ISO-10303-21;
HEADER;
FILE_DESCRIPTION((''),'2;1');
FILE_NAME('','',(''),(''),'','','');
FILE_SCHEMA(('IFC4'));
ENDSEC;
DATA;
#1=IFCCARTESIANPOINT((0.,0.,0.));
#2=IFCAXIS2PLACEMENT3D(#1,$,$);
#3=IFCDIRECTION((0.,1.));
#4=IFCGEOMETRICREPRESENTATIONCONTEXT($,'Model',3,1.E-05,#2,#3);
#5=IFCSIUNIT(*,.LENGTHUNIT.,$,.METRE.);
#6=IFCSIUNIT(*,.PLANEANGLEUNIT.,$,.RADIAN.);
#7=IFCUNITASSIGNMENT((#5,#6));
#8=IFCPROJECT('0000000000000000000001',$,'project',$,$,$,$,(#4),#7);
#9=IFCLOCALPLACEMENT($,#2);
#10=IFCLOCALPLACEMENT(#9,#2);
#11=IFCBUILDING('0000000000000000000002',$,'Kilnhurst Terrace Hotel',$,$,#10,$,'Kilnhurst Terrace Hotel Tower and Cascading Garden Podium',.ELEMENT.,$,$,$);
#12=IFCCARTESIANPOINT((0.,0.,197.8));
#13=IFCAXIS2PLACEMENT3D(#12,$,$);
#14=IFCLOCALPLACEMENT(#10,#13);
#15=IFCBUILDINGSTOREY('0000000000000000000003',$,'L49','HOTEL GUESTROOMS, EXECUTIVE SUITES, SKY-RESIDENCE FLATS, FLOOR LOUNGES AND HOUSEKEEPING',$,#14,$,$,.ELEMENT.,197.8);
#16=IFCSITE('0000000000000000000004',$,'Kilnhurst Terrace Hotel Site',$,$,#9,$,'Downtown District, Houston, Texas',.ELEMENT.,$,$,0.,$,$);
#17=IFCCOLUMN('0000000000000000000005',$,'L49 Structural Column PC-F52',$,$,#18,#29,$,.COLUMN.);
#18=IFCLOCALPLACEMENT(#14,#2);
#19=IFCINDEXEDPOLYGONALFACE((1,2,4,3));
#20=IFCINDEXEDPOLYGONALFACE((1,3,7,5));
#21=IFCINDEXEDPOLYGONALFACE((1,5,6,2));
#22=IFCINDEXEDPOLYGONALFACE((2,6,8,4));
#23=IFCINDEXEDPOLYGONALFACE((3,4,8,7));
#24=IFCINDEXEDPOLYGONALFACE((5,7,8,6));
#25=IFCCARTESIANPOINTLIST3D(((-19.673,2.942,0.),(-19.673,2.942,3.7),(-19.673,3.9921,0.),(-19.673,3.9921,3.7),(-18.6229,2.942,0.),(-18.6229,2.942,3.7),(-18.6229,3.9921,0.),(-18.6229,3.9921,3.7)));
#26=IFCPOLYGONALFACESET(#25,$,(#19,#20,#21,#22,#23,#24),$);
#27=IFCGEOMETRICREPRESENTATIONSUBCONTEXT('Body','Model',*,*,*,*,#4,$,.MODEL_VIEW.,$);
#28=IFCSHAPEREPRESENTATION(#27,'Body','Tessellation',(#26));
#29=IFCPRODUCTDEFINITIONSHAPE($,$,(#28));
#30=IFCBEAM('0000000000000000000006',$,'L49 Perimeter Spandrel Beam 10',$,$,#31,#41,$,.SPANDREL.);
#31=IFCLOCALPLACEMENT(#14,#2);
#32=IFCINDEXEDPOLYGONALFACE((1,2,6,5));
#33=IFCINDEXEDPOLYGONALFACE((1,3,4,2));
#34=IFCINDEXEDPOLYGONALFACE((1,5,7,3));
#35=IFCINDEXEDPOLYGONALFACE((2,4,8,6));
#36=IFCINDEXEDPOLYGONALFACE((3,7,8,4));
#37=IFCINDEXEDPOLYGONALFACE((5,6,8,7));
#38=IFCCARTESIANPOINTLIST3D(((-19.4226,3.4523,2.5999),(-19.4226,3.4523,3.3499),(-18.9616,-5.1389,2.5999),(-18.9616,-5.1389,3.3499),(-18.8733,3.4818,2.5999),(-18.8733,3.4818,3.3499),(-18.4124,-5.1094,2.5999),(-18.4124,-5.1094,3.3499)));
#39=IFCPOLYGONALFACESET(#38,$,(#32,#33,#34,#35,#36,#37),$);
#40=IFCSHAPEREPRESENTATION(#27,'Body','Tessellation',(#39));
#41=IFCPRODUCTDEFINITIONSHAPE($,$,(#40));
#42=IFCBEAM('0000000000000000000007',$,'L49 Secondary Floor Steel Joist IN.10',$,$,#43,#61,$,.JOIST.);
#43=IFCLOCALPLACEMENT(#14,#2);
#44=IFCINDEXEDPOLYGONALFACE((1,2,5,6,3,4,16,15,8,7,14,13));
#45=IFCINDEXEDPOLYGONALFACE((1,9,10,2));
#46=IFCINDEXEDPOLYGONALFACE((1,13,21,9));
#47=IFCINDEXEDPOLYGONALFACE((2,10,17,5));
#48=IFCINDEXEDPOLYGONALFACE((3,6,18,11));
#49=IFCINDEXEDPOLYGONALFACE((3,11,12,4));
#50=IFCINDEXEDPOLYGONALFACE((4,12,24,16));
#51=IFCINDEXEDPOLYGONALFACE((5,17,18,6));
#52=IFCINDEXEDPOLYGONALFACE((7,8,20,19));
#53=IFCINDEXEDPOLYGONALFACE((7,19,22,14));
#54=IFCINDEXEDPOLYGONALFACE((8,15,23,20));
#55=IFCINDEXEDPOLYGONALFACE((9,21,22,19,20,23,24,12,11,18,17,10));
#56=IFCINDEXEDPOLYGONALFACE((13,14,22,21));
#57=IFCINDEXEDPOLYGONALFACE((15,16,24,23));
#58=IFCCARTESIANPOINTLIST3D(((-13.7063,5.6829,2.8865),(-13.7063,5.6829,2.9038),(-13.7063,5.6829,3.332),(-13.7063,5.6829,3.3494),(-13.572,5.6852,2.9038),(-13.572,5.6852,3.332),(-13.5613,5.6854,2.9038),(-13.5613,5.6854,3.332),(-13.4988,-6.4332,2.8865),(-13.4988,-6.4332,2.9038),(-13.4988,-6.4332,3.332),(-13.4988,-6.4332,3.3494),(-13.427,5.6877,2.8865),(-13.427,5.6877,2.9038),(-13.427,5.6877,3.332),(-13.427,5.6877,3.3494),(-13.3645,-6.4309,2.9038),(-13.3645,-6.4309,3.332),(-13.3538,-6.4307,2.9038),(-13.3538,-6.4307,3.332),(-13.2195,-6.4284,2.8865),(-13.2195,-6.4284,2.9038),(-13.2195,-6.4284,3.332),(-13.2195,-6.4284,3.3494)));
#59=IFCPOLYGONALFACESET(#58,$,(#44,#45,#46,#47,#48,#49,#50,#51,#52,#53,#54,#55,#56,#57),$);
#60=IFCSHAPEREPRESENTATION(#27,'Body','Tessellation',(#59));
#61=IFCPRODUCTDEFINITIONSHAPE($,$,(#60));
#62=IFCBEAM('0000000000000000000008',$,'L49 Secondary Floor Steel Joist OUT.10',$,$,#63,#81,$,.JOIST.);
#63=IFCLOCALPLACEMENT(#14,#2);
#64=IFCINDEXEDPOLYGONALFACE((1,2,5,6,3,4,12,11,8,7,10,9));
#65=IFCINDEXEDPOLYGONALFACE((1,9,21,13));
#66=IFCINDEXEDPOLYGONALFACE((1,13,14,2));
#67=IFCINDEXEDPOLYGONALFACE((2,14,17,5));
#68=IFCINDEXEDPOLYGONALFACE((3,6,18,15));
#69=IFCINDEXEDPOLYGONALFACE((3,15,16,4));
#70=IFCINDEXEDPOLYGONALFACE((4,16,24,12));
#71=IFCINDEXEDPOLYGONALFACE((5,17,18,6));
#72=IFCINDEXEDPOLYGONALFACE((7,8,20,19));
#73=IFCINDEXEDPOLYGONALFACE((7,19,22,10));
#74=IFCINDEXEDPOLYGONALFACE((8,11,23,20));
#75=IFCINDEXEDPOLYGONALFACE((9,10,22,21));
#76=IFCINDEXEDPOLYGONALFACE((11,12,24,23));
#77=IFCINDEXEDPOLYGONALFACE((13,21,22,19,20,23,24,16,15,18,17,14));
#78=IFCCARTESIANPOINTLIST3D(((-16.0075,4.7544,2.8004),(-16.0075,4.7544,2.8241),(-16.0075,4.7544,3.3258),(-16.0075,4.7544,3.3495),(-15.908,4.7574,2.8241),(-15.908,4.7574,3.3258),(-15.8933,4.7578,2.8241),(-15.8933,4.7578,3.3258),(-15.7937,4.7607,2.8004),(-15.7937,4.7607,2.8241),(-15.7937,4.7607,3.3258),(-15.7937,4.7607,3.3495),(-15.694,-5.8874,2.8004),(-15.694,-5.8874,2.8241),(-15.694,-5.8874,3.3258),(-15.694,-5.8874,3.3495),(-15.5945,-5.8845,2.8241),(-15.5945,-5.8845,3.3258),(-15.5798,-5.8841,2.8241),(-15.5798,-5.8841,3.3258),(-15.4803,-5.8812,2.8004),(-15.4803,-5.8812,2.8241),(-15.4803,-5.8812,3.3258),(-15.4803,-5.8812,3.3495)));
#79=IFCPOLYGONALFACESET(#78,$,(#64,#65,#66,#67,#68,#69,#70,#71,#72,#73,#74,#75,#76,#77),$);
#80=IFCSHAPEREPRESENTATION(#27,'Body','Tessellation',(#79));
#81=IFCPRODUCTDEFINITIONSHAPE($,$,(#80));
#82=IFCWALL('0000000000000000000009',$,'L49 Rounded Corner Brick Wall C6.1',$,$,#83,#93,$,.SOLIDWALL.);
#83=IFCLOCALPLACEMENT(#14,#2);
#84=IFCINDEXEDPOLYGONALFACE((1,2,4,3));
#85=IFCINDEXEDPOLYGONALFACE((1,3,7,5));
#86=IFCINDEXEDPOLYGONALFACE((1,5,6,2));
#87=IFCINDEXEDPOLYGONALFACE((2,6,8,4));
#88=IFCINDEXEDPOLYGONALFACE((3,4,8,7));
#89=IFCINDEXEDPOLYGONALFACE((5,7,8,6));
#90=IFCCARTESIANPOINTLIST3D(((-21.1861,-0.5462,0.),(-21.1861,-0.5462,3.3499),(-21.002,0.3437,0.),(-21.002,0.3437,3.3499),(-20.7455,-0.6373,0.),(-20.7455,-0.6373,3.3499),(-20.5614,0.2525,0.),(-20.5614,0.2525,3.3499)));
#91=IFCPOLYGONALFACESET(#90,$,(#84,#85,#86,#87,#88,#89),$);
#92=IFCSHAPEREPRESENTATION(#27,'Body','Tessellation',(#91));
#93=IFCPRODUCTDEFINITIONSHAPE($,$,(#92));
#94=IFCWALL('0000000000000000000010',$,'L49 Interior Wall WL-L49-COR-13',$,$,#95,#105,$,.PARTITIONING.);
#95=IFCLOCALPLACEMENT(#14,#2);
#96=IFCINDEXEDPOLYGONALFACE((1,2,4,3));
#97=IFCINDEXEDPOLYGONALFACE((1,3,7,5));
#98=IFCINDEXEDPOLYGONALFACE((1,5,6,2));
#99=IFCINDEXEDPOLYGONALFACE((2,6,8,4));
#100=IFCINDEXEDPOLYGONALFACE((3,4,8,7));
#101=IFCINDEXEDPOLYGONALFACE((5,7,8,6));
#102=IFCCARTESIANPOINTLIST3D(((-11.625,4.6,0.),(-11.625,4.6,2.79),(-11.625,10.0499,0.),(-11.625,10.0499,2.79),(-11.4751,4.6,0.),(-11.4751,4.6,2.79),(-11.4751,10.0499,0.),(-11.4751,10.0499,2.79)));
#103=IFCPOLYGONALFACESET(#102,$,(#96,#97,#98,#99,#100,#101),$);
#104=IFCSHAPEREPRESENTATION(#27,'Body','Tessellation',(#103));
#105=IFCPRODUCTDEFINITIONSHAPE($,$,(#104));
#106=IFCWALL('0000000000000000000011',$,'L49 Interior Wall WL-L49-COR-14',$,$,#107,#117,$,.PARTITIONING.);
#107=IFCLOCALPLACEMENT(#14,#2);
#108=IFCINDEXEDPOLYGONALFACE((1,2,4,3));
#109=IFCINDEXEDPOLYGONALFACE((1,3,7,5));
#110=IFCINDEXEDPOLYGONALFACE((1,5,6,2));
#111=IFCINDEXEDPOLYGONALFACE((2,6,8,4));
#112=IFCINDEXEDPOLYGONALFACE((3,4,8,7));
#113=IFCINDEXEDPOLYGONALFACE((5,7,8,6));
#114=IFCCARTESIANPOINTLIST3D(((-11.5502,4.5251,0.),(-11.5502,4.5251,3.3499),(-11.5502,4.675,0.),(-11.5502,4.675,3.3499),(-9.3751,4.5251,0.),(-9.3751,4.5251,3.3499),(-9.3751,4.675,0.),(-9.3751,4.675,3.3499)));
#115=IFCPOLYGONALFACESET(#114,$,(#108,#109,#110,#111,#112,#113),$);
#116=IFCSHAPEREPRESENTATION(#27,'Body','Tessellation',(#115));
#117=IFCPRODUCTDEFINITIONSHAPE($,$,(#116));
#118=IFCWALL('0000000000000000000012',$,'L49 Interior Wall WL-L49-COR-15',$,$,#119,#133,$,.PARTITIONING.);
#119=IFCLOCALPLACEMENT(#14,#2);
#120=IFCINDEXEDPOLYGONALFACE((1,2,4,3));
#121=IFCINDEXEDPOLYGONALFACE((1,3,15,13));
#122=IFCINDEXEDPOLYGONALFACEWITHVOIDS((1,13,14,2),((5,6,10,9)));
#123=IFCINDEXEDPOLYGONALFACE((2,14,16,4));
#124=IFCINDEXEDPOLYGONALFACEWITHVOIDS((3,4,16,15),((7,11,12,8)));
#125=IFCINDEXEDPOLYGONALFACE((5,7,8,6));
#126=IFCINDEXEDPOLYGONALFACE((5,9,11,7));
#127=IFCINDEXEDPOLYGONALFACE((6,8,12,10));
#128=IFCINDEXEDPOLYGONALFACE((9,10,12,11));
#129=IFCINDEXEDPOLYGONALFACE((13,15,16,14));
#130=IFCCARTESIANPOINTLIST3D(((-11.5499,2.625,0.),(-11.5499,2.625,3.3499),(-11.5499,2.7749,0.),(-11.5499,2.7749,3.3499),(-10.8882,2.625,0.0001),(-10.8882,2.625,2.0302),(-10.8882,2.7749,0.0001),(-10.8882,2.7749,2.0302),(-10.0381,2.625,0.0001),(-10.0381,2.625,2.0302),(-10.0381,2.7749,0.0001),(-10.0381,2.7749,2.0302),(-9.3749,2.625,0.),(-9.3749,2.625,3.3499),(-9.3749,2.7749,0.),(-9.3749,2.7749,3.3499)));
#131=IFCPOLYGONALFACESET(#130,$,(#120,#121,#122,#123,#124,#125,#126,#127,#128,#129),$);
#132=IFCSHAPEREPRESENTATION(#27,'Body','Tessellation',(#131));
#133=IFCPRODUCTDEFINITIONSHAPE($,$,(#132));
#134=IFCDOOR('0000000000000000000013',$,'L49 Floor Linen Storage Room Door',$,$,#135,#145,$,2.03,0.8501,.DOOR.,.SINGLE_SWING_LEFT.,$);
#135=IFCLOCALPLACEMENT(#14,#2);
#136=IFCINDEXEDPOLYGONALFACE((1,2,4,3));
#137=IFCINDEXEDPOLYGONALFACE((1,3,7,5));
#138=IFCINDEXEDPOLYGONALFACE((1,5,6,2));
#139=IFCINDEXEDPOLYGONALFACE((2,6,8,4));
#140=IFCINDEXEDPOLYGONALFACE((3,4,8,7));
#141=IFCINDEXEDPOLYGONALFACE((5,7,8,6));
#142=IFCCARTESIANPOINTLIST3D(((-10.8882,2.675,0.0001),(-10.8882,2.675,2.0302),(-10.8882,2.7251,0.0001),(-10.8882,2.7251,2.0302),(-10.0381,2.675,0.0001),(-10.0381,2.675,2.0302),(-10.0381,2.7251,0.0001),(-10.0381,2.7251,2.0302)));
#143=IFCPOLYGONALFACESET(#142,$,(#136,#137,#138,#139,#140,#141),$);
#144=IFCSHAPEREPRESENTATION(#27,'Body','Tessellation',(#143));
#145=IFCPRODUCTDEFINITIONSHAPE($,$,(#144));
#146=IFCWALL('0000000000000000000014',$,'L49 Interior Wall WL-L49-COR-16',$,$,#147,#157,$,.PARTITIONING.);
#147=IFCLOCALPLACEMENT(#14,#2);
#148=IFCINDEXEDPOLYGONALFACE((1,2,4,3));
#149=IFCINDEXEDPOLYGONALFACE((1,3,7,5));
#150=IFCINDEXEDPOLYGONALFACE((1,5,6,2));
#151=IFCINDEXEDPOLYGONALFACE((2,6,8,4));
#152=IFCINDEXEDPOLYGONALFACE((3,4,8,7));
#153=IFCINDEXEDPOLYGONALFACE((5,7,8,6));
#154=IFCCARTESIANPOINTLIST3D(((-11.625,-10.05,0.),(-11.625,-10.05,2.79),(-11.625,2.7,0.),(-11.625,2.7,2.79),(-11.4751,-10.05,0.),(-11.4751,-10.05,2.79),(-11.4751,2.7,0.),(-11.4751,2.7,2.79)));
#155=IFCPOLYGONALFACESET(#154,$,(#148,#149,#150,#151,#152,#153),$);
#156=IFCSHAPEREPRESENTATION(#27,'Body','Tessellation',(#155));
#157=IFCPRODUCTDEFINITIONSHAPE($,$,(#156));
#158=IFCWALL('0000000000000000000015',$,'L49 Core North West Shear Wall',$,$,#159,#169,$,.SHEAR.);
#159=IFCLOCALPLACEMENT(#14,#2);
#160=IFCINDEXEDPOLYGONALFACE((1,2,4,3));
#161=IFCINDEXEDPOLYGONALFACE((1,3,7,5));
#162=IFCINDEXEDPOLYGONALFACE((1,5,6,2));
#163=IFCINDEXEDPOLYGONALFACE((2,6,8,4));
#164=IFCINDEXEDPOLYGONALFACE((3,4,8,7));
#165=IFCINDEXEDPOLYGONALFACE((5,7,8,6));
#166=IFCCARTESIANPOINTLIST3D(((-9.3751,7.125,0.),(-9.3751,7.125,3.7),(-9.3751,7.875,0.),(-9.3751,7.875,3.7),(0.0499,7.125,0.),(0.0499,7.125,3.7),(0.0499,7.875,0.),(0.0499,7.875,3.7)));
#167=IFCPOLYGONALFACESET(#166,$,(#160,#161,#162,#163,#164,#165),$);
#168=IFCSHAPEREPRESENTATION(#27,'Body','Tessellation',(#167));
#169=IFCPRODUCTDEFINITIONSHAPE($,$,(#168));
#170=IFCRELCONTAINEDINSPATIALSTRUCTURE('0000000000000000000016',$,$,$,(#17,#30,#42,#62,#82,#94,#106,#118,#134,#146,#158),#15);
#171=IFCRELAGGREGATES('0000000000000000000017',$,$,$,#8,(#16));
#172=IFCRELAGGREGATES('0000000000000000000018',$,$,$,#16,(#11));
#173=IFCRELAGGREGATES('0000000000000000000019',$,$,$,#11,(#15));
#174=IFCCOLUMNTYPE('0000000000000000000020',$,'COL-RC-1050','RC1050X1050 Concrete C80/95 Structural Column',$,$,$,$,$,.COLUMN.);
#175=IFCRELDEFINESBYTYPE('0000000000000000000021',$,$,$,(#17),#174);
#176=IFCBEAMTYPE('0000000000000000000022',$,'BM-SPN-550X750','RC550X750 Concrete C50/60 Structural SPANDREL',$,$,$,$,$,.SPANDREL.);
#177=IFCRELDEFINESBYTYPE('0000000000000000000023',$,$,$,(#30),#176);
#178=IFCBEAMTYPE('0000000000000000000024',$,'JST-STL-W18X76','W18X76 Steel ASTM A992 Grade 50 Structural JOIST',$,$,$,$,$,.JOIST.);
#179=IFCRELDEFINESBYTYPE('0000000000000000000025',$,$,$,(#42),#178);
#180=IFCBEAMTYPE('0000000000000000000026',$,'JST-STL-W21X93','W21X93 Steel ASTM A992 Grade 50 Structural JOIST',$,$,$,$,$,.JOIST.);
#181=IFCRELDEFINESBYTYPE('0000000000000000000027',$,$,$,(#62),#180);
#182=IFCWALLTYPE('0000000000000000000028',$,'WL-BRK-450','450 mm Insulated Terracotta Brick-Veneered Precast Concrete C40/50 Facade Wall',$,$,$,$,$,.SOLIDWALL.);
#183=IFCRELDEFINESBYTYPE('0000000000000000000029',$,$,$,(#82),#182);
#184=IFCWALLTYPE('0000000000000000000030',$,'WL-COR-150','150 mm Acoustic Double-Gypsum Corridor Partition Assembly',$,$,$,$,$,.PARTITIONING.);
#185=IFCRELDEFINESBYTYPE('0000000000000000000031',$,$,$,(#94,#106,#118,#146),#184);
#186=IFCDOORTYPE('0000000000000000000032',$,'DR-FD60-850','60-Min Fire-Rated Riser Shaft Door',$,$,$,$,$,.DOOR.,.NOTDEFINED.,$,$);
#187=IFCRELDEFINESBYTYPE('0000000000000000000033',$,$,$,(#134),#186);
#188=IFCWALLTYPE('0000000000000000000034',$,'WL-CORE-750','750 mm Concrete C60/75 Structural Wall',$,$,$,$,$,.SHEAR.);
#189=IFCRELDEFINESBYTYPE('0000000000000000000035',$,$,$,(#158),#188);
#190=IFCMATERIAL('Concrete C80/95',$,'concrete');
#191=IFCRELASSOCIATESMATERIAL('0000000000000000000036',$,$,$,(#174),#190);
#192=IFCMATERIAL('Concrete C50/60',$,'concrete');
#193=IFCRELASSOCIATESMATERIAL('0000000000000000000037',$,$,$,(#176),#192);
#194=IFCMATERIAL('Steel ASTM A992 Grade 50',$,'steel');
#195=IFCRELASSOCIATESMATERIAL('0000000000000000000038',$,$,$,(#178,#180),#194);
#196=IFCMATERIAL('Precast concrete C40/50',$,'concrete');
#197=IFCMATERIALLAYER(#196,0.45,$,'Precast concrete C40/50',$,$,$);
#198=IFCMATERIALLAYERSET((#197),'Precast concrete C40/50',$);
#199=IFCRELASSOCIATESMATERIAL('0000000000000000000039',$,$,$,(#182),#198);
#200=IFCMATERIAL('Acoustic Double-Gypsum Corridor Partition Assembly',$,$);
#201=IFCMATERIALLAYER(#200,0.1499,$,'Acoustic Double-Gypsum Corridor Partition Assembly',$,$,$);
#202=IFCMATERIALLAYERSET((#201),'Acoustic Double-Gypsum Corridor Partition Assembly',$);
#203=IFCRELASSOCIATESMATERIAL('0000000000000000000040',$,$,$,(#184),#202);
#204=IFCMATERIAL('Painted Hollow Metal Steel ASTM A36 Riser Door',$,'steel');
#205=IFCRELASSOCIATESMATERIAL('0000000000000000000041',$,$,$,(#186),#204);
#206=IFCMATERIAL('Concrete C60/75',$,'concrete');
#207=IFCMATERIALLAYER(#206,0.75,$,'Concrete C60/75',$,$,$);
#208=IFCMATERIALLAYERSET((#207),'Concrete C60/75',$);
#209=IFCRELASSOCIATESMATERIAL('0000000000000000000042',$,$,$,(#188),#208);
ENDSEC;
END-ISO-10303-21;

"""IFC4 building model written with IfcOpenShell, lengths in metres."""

from ifc_helpers import new_model, si_unit, direction, frame, frame_2d, origin, origin_2d, place, context, subcontext, project, spatial, rectangle, i_section, extrude, material, layer, layer_set, material_profile, profile_set, type_object, element, fill, save


model = new_model("IFC4")

# Units and contexts
model_context = context("Model", 3, precision=1e-05, world=origin(), true_north=direction((0.0, 1.0)))
body_context = subcontext(model_context, "Body", "Model", "MODEL_VIEW")
ifc_project = project(units=[si_unit("LENGTHUNIT", "METRE"), si_unit("PLANEANGLEUNIT", "RADIAN")], contexts=[model_context])

# Site, building, storey
site_placement = place(None, origin())
site = spatial("IfcSite", under=ifc_project, at=site_placement, Name="Kilnhurst Terrace Hotel Site", LongName="Downtown District, Houston, Texas", CompositionType="ELEMENT", RefElevation=0.0)
building_placement = place(site_placement, origin())
building = spatial("IfcBuilding", under=site, at=building_placement, Name="Kilnhurst Terrace Hotel", LongName="Kilnhurst Terrace Hotel Tower and Cascading Garden Podium", CompositionType="ELEMENT")
storey_placement = place(building_placement, frame((0.0, 0.0, 197.8)))
storey = spatial("IfcBuildingStorey", under=building, at=storey_placement, Name="L49", Description="HOTEL GUESTROOMS, EXECUTIVE SUITES, SKY-RESIDENCE FLATS, FLOOR LOUNGES AND HOUSEKEEPING", CompositionType="ELEMENT", Elevation=197.8)

# Column
ifc_material_1 = material(Name="Concrete C80/95", Category="concrete")
ifc_material_profile_1 = material_profile(ifc_material_1, rectangle(XDim=1.05, YDim=1.05, at=origin_2d()), Name="RC1050X1050")
ifc_profile_set_1 = profile_set([ifc_material_profile_1], Name="Concrete C80/95")
column_type = type_object("IfcColumnType", Name="COL-RC-1050", Description="RC1050X1050 Concrete C80/95 Structural Column", PredefinedType="COLUMN", material=ifc_profile_set_1)
column_placement = place(storey_placement, frame((-19.1479, 3.467, 0.0), z_axis=(0.0, 0.0, 1.0), x_axis=(1.0, 0.0, 0.0)))
element("IfcColumn", 1, at=column_placement, inside=storey, type_object=column_type, Name="L49 Structural Column PC-F52", PredefinedType="COLUMN", context=body_context, shape_type="SweptSolid", body=[
    extrude(rectangle(XDim=1.05, YDim=1.05, at=origin_2d()), origin(), (0.0, 0.0, 1.0), 3.7),
])

# Beams
ifc_material_2 = material(Name="Concrete C50/60", Category="concrete")
ifc_material_profile_2 = material_profile(ifc_material_2, rectangle(XDim=0.55, YDim=0.75, at=origin_2d()), Name="RC550X750")
ifc_profile_set_2 = profile_set([ifc_material_profile_2], Name="Concrete C50/60")
beam_type_1 = type_object("IfcBeamType", Name="BM-SPN-550X750", Description="RC550X750 Concrete C50/60 Structural SPANDREL", PredefinedType="SPANDREL", material=ifc_profile_set_2)
beam_1_placement = place(storey_placement, frame((-19.1479, 3.467, 2.9749), z_axis=(0.053576, -0.998564, 0.0), x_axis=(0.998564, 0.053576, 0.0)))
element("IfcBeam", 2, at=beam_1_placement, inside=storey, type_object=beam_type_1, Name="L49 Perimeter Spandrel Beam 10", PredefinedType="SPANDREL", context=body_context, shape_type="SweptSolid", body=[
    extrude(rectangle(XDim=0.55, YDim=0.75, at=origin_2d()), origin(), (0.0, 0.0, 1.0), 8.6035),
])
ifc_material_3 = material(Name="Steel ASTM A992 Grade 50", Category="steel")
ifc_material_profile_3 = material_profile(ifc_material_3, i_section(OverallWidth=0.2793, OverallDepth=0.4629, WebThickness=0.0107, FlangeThickness=0.0173, at=origin_2d()), Name="W18X76")
ifc_profile_set_3 = profile_set([ifc_material_profile_3], Name="Steel ASTM A992 Grade 50")
beam_type_2 = type_object("IfcBeamType", Name="JST-STL-W18X76", Description="W18X76 Steel ASTM A992 Grade 50 Structural JOIST", PredefinedType="JOIST", material=ifc_profile_set_3)
beam_2_placement = place(storey_placement, frame((-13.5667, 5.6853, 3.1179), z_axis=(0.017125, -0.999853, 0.0), x_axis=(0.999853, 0.017125, 0.0)))
element("IfcBeam", 3, at=beam_2_placement, inside=storey, type_object=beam_type_2, Name="L49 Secondary Floor Steel Joist IN.10", PredefinedType="JOIST", context=body_context, shape_type="SweptSolid", body=[
    extrude(i_section(OverallWidth=0.2793, OverallDepth=0.4629, WebThickness=0.0107, FlangeThickness=0.0173, at=origin_2d()), origin(), (0.0, 0.0, 1.0), 12.1179),
])
ifc_material_profile_4 = material_profile(ifc_material_3, i_section(OverallWidth=0.2139, OverallDepth=0.5491, WebThickness=0.0146, FlangeThickness=0.0237, at=origin_2d()), Name="W21X93")
ifc_profile_set_4 = profile_set([ifc_material_profile_4], Name="Steel ASTM A992 Grade 50")
beam_type_3 = type_object("IfcBeamType", Name="JST-STL-W21X93", Description="W21X93 Steel ASTM A992 Grade 50 Structural JOIST", PredefinedType="JOIST", material=ifc_profile_set_4)
beam_3_placement = place(storey_placement, frame((-15.9006, 4.7576, 3.075), z_axis=(0.029444, -0.999566, 0.0), x_axis=(0.999566, 0.029444, 0.0)))
element("IfcBeam", 4, at=beam_3_placement, inside=storey, type_object=beam_type_3, Name="L49 Secondary Floor Steel Joist OUT.10", PredefinedType="JOIST", context=body_context, shape_type="SweptSolid", body=[
    extrude(i_section(OverallWidth=0.2139, OverallDepth=0.5491, WebThickness=0.0146, FlangeThickness=0.0237, at=origin_2d()), origin(), (0.0, 0.0, 1.0), 10.6465),
])

# Walls
ifc_material_4 = material(Name="Precast concrete C40/50", Category="concrete")
ifc_layer_1 = layer(ifc_material_4, 0.45, Name="Precast concrete C40/50")
ifc_layer_set_1 = layer_set([ifc_layer_1], Name="Precast concrete C40/50")
wall_type_1 = type_object("IfcWallType", Name="WL-BRK-450", Description="450 mm Insulated Terracotta Brick-Veneered Precast Concrete C40/50 Facade Wall", PredefinedType="SOLIDWALL", material=ifc_layer_set_1)
wall_1_placement = place(storey_placement, frame((-20.7817, 0.2981, 0.0), z_axis=(0.0, 0.0, 1.0), x_axis=(-0.20257, -0.979268, 0.0)))
element("IfcWall", 5, at=wall_1_placement, inside=storey, type_object=wall_type_1, Name="L49 Rounded Corner Brick Wall C6.1", PredefinedType="SOLIDWALL", context=body_context, shape_type="SweptSolid", body=[
    extrude(rectangle(XDim=0.9087, YDim=0.45, at=frame_2d((0.4543, 0.0))), origin(), (0.0, 0.0, 1.0), 3.3499),
])
ifc_material_5 = material(Name="Acoustic Double-Gypsum Corridor Partition Assembly")
ifc_layer_2 = layer(ifc_material_5, 0.1499, Name="Acoustic Double-Gypsum Corridor Partition Assembly")
ifc_layer_set_2 = layer_set([ifc_layer_2], Name="Acoustic Double-Gypsum Corridor Partition Assembly")
wall_type_2 = type_object("IfcWallType", Name="WL-COR-150", Description="150 mm Acoustic Double-Gypsum Corridor Partition Assembly", PredefinedType="PARTITIONING", material=ifc_layer_set_2)
wall_2_placement = place(storey_placement, frame((-11.55, 10.05, 0.0), z_axis=(0.0, 0.0, 1.0), x_axis=(0.0, -1.0, 0.0)))
element("IfcWall", 6, at=wall_2_placement, inside=storey, type_object=wall_type_2, Name="L49 Interior Wall WL-L49-COR-13", PredefinedType="PARTITIONING", context=body_context, shape_type="SweptSolid", body=[
    extrude(rectangle(XDim=5.45, YDim=0.1499, at=frame_2d((2.7251, 0.0))), origin(), (0.0, 0.0, 1.0), 2.79),
])
wall_3_placement = place(storey_placement, frame((-11.55, 4.6001, 0.0), z_axis=(0.0, 0.0, 1.0), x_axis=(1.0, 0.0, 0.0)))
element("IfcWall", 7, at=wall_3_placement, inside=storey, type_object=wall_type_2, Name="L49 Interior Wall WL-L49-COR-14", PredefinedType="PARTITIONING", context=body_context, shape_type="SweptSolid", body=[
    extrude(rectangle(XDim=2.175, YDim=0.1499, at=frame_2d((1.0874, 0.0))), origin(), (0.0, 0.0, 1.0), 3.3499),
])

# Wall, opening, door
wall_4_placement = place(storey_placement, frame((-9.375, 2.7, 0.0), z_axis=(0.0, 0.0, 1.0), x_axis=(-1.0, 0.0, 0.0)))
wall_4 = element("IfcWall", 8, at=wall_4_placement, inside=storey, type_object=wall_type_2, Name="L49 Interior Wall WL-L49-COR-15", PredefinedType="PARTITIONING", context=body_context, shape_type="SweptSolid", body=[
    extrude(rectangle(XDim=2.175, YDim=0.1499, at=frame_2d((1.0874, 0.0))), origin(), (0.0, 0.0, 1.0), 3.3499),
])
opening_placement = place(wall_4_placement, frame((0.6631, 0.0, 0.0)))
opening = element("IfcOpeningElement", 9, at=opening_placement, cuts=wall_4, PredefinedType="OPENING", context=body_context, shape_type="SweptSolid", body=[
    extrude(rectangle(XDim=0.8501, YDim=2.03, at=frame_2d((0.425, 1.0151))), frame((0.0, 0.085, 0.0), z_axis=(0.0, -1.0, 0.0), x_axis=(1.0, 0.0, 0.0)), (0.0, 0.0, 1.0), 0.1699),
])
ifc_material_6 = material(Name="Painted Hollow Metal Steel ASTM A36 Riser Door", Category="steel")
door_type = type_object("IfcDoorType", Name="DR-FD60-850", Description="60-Min Fire-Rated Riser Shaft Door", OperationType="NOTDEFINED", PredefinedType="DOOR", material=ifc_material_6)
door_placement = place(opening_placement, origin())
door = element("IfcDoor", 10, at=door_placement, inside=storey, type_object=door_type, Name="L49 Floor Linen Storage Room Door", OperationType="SINGLE_SWING_LEFT", OverallHeight=2.03, OverallWidth=0.8501, PredefinedType="DOOR", context=body_context, shape_type="SweptSolid", body=[
    extrude(rectangle(XDim=0.8501, YDim=2.03, at=frame_2d((0.425, 1.0151))), frame((0.0, 0.0249, 0.0), z_axis=(0.0, -1.0, 0.0), x_axis=(1.0, 0.0, 0.0)), (0.0, 0.0, 1.0), 0.05),
])
fill(opening, door)

# Walls
wall_5_placement = place(storey_placement, frame((-11.55, 2.7, 0.0), z_axis=(0.0, 0.0, 1.0), x_axis=(0.0, -1.0, 0.0)))
element("IfcWall", 11, at=wall_5_placement, inside=storey, type_object=wall_type_2, Name="L49 Interior Wall WL-L49-COR-16", PredefinedType="PARTITIONING", context=body_context, shape_type="SweptSolid", body=[
    extrude(rectangle(XDim=12.75, YDim=0.1499, at=frame_2d((6.375, 0.0))), origin(), (0.0, 0.0, 1.0), 2.79),
])
ifc_material_7 = material(Name="Concrete C60/75", Category="concrete")
ifc_layer_3 = layer(ifc_material_7, 0.75, Name="Concrete C60/75")
ifc_layer_set_3 = layer_set([ifc_layer_3], Name="Concrete C60/75")
wall_type_3 = type_object("IfcWallType", Name="WL-CORE-750", Description="750 mm Concrete C60/75 Structural Wall", PredefinedType="SHEAR", material=ifc_layer_set_3)
wall_6_placement = place(storey_placement, frame((-9.375, 7.5, 0.0), z_axis=(0.0, 0.0, 1.0), x_axis=(1.0, 0.0, 0.0)))
element("IfcWall", 12, at=wall_6_placement, inside=storey, type_object=wall_type_3, Name="L49 Core North West Shear Wall", PredefinedType="SHEAR", context=body_context, shape_type="SweptSolid", body=[
    extrude(rectangle(XDim=9.425, YDim=0.75, at=frame_2d((4.7124, 0.0))), origin(), (0.0, 0.0, 1.0), 3.7),
])

save(model, "model.ifc")
